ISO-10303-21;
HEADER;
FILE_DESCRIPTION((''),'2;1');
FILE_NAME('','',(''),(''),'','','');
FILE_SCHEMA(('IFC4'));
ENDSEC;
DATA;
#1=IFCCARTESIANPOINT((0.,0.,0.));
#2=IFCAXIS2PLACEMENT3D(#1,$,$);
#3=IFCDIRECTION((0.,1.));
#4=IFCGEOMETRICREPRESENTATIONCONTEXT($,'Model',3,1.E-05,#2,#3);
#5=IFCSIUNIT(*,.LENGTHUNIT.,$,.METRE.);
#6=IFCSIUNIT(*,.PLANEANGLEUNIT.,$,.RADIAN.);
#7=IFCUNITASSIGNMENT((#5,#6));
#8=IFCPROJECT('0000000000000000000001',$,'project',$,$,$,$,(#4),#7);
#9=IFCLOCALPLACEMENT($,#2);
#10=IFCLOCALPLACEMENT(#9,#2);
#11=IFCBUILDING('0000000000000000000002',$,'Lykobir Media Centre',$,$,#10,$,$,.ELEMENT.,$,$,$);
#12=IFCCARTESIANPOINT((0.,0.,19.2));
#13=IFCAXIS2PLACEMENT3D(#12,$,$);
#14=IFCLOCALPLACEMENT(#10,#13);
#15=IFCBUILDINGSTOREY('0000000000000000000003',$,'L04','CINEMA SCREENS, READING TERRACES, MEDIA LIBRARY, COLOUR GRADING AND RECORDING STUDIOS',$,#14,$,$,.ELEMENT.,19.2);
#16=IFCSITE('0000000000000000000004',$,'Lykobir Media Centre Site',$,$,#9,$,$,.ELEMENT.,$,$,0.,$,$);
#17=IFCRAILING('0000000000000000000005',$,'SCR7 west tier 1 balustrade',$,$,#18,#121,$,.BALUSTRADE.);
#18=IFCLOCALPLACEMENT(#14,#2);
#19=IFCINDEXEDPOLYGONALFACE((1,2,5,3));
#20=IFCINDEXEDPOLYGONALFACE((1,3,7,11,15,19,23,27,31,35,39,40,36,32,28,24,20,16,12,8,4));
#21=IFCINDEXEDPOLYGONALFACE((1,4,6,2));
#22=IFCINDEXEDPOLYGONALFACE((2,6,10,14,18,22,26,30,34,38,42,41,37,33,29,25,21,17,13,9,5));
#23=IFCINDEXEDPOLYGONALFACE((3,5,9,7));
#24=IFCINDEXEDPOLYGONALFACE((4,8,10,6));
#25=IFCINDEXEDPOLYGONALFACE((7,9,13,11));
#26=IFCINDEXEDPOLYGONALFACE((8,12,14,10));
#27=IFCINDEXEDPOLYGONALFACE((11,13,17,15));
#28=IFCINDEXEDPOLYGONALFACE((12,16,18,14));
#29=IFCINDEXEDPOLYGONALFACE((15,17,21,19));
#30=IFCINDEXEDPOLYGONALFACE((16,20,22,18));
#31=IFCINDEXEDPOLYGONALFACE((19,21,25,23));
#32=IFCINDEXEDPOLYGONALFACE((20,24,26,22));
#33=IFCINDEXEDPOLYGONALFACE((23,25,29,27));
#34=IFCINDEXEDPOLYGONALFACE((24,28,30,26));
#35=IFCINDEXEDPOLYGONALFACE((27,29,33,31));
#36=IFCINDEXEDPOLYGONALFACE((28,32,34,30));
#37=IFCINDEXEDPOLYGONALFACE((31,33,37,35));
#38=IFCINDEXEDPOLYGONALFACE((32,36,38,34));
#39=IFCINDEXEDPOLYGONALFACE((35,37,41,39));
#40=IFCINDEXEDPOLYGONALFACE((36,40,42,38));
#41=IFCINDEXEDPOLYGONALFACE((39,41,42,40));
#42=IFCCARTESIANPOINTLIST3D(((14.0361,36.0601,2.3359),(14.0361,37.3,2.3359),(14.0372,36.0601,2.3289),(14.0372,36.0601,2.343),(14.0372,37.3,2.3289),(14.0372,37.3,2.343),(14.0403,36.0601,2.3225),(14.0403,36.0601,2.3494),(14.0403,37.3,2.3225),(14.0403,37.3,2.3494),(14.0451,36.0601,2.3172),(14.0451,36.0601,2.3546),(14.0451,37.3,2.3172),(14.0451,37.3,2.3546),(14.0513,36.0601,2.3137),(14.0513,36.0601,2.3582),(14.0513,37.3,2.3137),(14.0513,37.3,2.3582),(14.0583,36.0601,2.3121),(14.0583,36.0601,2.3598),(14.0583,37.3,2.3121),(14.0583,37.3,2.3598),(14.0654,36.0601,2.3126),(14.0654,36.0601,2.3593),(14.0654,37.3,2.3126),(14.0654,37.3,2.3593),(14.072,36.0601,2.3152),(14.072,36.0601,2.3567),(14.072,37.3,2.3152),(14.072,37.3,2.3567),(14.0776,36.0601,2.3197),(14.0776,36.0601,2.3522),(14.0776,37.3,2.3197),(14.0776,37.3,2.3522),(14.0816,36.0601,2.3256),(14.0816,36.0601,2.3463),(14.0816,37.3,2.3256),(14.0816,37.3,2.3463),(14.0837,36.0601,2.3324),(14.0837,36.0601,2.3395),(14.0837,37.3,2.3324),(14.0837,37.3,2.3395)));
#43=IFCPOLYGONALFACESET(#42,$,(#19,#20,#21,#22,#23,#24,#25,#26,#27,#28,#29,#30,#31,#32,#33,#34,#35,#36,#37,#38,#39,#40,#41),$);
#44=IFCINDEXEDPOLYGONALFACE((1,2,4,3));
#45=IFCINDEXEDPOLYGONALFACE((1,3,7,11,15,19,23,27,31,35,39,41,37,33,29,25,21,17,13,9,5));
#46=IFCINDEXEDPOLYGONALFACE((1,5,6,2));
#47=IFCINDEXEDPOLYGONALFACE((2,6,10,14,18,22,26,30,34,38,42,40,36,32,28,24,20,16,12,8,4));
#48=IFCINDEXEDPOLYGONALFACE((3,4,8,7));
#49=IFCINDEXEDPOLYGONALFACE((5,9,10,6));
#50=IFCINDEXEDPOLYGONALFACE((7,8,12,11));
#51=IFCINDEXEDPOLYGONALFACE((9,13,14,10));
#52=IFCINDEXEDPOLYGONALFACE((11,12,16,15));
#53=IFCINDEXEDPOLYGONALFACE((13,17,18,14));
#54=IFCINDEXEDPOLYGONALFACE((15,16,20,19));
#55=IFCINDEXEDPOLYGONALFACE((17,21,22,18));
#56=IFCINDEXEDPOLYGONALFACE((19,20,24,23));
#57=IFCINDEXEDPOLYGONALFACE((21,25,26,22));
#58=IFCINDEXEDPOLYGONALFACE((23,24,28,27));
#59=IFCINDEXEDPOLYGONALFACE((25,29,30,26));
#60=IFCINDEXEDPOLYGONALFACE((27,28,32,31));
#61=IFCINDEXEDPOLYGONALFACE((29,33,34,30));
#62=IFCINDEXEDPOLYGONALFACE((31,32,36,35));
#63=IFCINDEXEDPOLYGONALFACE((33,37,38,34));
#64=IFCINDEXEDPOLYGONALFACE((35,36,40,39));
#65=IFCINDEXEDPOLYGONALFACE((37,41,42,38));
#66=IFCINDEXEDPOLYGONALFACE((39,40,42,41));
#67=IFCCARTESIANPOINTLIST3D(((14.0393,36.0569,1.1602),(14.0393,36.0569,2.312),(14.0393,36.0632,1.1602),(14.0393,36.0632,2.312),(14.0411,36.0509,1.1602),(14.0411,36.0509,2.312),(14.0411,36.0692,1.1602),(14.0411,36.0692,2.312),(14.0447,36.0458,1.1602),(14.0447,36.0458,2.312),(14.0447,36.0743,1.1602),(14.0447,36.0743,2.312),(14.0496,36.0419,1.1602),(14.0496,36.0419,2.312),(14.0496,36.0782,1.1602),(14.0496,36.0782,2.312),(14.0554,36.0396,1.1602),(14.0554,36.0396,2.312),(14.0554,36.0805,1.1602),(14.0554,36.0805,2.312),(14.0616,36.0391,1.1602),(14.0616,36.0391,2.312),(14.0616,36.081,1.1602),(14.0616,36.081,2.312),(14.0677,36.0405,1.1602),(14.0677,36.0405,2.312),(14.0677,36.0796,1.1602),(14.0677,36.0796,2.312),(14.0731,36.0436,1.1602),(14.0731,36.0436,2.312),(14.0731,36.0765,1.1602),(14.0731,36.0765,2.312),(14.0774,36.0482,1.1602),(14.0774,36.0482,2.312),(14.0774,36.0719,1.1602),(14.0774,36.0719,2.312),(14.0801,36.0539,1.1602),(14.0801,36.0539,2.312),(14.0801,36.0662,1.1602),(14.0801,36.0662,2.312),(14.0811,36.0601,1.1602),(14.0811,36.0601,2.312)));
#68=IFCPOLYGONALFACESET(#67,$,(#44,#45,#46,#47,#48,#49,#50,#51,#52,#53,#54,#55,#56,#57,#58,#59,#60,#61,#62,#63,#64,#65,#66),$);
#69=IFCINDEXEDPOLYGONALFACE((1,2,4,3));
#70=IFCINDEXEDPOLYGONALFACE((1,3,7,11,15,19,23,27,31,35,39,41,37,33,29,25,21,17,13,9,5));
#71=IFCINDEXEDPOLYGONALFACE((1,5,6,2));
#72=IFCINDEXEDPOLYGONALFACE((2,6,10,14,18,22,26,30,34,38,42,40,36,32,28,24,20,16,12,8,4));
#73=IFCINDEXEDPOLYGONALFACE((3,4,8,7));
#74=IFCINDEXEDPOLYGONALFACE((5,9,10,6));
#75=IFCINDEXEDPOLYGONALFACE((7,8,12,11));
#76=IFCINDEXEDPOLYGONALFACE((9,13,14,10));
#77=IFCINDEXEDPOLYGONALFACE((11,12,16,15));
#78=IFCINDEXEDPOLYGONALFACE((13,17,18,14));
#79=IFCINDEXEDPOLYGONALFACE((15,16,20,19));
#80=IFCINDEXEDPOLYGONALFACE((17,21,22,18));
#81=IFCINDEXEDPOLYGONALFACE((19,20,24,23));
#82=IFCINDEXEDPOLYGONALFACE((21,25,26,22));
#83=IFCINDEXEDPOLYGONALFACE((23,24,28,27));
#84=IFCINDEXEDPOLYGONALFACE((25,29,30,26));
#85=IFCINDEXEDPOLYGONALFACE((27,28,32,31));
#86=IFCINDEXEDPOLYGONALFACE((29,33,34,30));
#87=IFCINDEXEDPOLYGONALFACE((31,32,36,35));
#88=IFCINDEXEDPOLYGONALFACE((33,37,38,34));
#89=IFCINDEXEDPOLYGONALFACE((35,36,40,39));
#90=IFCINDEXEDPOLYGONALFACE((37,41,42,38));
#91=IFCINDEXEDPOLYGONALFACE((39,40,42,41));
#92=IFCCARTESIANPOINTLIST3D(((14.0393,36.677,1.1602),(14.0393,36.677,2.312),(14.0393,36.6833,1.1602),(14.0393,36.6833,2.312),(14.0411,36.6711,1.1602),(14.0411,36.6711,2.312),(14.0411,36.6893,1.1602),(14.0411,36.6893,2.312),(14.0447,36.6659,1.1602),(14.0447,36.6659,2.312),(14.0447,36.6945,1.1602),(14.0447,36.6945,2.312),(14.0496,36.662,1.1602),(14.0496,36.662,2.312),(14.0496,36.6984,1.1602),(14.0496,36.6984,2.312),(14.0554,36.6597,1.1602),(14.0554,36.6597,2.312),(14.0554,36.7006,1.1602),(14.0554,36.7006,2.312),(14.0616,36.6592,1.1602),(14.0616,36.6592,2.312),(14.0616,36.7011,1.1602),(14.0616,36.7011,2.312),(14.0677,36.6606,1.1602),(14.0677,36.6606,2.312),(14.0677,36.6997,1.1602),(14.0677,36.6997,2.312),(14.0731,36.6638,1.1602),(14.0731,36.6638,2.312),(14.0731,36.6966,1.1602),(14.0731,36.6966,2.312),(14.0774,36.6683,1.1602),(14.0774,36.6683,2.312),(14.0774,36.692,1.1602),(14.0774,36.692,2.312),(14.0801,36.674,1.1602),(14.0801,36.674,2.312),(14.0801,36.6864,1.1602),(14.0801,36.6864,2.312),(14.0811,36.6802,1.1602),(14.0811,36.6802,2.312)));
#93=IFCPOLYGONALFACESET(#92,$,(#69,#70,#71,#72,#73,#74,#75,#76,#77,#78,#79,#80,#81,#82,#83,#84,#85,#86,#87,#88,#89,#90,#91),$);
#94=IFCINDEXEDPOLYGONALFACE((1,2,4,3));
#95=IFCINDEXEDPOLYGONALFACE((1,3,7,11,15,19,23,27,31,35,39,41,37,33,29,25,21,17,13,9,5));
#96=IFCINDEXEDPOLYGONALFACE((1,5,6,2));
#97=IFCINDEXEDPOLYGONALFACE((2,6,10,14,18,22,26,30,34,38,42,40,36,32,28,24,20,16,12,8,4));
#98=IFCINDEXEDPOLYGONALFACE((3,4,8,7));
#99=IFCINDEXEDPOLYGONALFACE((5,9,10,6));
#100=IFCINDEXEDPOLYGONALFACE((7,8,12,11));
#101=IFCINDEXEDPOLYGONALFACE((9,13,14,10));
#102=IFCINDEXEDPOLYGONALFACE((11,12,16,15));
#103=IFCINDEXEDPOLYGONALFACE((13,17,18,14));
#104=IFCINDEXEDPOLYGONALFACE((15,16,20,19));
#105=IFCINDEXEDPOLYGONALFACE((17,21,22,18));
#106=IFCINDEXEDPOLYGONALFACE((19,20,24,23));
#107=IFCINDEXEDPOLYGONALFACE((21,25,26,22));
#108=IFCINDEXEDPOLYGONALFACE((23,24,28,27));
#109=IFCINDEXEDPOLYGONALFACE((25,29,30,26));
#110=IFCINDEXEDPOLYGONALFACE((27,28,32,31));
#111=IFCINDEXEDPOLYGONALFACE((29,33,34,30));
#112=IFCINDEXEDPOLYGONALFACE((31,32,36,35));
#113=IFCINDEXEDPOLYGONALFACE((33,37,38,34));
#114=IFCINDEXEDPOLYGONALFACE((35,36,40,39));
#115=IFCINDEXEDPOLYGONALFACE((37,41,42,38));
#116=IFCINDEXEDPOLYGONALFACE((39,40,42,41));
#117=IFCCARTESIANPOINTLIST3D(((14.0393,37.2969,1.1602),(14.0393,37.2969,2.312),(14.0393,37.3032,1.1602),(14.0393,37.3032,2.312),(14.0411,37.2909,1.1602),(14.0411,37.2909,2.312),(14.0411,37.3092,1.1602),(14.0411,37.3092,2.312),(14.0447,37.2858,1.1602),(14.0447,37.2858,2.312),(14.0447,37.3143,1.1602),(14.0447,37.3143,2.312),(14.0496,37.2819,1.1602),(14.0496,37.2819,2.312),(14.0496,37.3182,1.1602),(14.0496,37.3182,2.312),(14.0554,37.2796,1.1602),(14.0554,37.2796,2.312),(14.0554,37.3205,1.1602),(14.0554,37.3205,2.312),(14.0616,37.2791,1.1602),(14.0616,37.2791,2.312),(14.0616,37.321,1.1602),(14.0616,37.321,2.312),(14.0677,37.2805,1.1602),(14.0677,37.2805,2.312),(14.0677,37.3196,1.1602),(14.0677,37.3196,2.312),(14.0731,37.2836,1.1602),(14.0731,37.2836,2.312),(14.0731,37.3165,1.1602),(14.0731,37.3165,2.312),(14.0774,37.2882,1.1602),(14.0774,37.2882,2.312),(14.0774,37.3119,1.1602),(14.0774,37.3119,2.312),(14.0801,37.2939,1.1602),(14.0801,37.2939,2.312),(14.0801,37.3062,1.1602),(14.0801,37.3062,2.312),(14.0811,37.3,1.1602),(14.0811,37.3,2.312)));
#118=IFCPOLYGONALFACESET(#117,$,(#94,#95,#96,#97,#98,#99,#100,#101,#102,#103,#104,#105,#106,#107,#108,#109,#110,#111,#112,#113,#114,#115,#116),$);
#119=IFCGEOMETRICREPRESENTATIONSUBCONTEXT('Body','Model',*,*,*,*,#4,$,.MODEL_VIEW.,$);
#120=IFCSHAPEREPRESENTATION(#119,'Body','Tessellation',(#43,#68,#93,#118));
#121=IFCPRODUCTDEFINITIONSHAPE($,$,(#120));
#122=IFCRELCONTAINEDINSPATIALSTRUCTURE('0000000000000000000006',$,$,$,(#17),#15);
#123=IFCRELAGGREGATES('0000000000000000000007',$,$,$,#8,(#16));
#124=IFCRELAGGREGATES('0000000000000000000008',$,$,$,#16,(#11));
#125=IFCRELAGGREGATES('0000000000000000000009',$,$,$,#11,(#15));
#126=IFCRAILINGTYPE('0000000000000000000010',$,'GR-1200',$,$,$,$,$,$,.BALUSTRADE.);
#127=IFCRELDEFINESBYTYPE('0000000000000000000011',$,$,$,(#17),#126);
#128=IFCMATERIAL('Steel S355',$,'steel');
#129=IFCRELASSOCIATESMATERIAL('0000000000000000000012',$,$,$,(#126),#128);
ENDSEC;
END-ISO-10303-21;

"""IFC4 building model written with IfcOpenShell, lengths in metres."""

from ifc_helpers import new_model, si_unit, direction, frame, origin, origin_2d, place, context, subcontext, project, spatial, circle, extrude, material, type_object, element, save


model = new_model("IFC4")

# Units and contexts
model_context = context("Model", 3, precision=1e-05, world=origin(), true_north=direction((0.0, 1.0)))
body_context = subcontext(model_context, "Body", "Model", "MODEL_VIEW")
ifc_project = project(units=[si_unit("LENGTHUNIT", "METRE"), si_unit("PLANEANGLEUNIT", "RADIAN")], contexts=[model_context])

# Site, building, storey
site_placement = place(None, origin())
site = spatial("IfcSite", under=ifc_project, at=site_placement, Name="Lykobir Media Centre Site", CompositionType="ELEMENT", RefElevation=0.0)
building_placement = place(site_placement, origin())
building = spatial("IfcBuilding", under=site, at=building_placement, Name="Lykobir Media Centre", CompositionType="ELEMENT")
storey_placement = place(building_placement, frame((0.0, 0.0, 19.2)))
storey = spatial("IfcBuildingStorey", under=building, at=storey_placement, Name="L04", Description="CINEMA SCREENS, READING TERRACES, MEDIA LIBRARY, COLOUR GRADING AND RECORDING STUDIOS", CompositionType="ELEMENT", Elevation=19.2)

# Shared definitions
ifc_material_1 = material(Name="Steel S355", Category="steel")

# Railing
railing_type = type_object("IfcRailingType", Name="GR-1200", PredefinedType="BALUSTRADE", material=ifc_material_1)
railing_1_placement = place(storey_placement, frame((14.0601, 36.0601, 1.1602)))
element("IfcRailing", 1, at=railing_1_placement, inside=storey, type_object=railing_type, Name="SCR7 west tier 1 balustrade", PredefinedType="BALUSTRADE", context=body_context, shape_type="SweptSolid", body=[
    extrude(circle(Radius=0.0239, at=origin_2d()), frame((0.0, 0.0, 1.1758), z_axis=(0.0, 1.0, 0.0), x_axis=(-1.0, 0.0, 0.0)), (0.0, 0.0, 1.0), 1.24),
    extrude(circle(Radius=0.021, at=origin_2d()), origin(), (0.0, 0.0, 1.0), 1.1519),
    extrude(circle(Radius=0.021, at=origin_2d()), frame((0.0, 0.6201, 0.0)), (0.0, 0.0, 1.0), 1.1519),
    extrude(circle(Radius=0.021, at=origin_2d()), frame((0.0, 1.24, 0.0)), (0.0, 0.0, 1.0), 1.1519),
])

save(model, "model.ifc")
